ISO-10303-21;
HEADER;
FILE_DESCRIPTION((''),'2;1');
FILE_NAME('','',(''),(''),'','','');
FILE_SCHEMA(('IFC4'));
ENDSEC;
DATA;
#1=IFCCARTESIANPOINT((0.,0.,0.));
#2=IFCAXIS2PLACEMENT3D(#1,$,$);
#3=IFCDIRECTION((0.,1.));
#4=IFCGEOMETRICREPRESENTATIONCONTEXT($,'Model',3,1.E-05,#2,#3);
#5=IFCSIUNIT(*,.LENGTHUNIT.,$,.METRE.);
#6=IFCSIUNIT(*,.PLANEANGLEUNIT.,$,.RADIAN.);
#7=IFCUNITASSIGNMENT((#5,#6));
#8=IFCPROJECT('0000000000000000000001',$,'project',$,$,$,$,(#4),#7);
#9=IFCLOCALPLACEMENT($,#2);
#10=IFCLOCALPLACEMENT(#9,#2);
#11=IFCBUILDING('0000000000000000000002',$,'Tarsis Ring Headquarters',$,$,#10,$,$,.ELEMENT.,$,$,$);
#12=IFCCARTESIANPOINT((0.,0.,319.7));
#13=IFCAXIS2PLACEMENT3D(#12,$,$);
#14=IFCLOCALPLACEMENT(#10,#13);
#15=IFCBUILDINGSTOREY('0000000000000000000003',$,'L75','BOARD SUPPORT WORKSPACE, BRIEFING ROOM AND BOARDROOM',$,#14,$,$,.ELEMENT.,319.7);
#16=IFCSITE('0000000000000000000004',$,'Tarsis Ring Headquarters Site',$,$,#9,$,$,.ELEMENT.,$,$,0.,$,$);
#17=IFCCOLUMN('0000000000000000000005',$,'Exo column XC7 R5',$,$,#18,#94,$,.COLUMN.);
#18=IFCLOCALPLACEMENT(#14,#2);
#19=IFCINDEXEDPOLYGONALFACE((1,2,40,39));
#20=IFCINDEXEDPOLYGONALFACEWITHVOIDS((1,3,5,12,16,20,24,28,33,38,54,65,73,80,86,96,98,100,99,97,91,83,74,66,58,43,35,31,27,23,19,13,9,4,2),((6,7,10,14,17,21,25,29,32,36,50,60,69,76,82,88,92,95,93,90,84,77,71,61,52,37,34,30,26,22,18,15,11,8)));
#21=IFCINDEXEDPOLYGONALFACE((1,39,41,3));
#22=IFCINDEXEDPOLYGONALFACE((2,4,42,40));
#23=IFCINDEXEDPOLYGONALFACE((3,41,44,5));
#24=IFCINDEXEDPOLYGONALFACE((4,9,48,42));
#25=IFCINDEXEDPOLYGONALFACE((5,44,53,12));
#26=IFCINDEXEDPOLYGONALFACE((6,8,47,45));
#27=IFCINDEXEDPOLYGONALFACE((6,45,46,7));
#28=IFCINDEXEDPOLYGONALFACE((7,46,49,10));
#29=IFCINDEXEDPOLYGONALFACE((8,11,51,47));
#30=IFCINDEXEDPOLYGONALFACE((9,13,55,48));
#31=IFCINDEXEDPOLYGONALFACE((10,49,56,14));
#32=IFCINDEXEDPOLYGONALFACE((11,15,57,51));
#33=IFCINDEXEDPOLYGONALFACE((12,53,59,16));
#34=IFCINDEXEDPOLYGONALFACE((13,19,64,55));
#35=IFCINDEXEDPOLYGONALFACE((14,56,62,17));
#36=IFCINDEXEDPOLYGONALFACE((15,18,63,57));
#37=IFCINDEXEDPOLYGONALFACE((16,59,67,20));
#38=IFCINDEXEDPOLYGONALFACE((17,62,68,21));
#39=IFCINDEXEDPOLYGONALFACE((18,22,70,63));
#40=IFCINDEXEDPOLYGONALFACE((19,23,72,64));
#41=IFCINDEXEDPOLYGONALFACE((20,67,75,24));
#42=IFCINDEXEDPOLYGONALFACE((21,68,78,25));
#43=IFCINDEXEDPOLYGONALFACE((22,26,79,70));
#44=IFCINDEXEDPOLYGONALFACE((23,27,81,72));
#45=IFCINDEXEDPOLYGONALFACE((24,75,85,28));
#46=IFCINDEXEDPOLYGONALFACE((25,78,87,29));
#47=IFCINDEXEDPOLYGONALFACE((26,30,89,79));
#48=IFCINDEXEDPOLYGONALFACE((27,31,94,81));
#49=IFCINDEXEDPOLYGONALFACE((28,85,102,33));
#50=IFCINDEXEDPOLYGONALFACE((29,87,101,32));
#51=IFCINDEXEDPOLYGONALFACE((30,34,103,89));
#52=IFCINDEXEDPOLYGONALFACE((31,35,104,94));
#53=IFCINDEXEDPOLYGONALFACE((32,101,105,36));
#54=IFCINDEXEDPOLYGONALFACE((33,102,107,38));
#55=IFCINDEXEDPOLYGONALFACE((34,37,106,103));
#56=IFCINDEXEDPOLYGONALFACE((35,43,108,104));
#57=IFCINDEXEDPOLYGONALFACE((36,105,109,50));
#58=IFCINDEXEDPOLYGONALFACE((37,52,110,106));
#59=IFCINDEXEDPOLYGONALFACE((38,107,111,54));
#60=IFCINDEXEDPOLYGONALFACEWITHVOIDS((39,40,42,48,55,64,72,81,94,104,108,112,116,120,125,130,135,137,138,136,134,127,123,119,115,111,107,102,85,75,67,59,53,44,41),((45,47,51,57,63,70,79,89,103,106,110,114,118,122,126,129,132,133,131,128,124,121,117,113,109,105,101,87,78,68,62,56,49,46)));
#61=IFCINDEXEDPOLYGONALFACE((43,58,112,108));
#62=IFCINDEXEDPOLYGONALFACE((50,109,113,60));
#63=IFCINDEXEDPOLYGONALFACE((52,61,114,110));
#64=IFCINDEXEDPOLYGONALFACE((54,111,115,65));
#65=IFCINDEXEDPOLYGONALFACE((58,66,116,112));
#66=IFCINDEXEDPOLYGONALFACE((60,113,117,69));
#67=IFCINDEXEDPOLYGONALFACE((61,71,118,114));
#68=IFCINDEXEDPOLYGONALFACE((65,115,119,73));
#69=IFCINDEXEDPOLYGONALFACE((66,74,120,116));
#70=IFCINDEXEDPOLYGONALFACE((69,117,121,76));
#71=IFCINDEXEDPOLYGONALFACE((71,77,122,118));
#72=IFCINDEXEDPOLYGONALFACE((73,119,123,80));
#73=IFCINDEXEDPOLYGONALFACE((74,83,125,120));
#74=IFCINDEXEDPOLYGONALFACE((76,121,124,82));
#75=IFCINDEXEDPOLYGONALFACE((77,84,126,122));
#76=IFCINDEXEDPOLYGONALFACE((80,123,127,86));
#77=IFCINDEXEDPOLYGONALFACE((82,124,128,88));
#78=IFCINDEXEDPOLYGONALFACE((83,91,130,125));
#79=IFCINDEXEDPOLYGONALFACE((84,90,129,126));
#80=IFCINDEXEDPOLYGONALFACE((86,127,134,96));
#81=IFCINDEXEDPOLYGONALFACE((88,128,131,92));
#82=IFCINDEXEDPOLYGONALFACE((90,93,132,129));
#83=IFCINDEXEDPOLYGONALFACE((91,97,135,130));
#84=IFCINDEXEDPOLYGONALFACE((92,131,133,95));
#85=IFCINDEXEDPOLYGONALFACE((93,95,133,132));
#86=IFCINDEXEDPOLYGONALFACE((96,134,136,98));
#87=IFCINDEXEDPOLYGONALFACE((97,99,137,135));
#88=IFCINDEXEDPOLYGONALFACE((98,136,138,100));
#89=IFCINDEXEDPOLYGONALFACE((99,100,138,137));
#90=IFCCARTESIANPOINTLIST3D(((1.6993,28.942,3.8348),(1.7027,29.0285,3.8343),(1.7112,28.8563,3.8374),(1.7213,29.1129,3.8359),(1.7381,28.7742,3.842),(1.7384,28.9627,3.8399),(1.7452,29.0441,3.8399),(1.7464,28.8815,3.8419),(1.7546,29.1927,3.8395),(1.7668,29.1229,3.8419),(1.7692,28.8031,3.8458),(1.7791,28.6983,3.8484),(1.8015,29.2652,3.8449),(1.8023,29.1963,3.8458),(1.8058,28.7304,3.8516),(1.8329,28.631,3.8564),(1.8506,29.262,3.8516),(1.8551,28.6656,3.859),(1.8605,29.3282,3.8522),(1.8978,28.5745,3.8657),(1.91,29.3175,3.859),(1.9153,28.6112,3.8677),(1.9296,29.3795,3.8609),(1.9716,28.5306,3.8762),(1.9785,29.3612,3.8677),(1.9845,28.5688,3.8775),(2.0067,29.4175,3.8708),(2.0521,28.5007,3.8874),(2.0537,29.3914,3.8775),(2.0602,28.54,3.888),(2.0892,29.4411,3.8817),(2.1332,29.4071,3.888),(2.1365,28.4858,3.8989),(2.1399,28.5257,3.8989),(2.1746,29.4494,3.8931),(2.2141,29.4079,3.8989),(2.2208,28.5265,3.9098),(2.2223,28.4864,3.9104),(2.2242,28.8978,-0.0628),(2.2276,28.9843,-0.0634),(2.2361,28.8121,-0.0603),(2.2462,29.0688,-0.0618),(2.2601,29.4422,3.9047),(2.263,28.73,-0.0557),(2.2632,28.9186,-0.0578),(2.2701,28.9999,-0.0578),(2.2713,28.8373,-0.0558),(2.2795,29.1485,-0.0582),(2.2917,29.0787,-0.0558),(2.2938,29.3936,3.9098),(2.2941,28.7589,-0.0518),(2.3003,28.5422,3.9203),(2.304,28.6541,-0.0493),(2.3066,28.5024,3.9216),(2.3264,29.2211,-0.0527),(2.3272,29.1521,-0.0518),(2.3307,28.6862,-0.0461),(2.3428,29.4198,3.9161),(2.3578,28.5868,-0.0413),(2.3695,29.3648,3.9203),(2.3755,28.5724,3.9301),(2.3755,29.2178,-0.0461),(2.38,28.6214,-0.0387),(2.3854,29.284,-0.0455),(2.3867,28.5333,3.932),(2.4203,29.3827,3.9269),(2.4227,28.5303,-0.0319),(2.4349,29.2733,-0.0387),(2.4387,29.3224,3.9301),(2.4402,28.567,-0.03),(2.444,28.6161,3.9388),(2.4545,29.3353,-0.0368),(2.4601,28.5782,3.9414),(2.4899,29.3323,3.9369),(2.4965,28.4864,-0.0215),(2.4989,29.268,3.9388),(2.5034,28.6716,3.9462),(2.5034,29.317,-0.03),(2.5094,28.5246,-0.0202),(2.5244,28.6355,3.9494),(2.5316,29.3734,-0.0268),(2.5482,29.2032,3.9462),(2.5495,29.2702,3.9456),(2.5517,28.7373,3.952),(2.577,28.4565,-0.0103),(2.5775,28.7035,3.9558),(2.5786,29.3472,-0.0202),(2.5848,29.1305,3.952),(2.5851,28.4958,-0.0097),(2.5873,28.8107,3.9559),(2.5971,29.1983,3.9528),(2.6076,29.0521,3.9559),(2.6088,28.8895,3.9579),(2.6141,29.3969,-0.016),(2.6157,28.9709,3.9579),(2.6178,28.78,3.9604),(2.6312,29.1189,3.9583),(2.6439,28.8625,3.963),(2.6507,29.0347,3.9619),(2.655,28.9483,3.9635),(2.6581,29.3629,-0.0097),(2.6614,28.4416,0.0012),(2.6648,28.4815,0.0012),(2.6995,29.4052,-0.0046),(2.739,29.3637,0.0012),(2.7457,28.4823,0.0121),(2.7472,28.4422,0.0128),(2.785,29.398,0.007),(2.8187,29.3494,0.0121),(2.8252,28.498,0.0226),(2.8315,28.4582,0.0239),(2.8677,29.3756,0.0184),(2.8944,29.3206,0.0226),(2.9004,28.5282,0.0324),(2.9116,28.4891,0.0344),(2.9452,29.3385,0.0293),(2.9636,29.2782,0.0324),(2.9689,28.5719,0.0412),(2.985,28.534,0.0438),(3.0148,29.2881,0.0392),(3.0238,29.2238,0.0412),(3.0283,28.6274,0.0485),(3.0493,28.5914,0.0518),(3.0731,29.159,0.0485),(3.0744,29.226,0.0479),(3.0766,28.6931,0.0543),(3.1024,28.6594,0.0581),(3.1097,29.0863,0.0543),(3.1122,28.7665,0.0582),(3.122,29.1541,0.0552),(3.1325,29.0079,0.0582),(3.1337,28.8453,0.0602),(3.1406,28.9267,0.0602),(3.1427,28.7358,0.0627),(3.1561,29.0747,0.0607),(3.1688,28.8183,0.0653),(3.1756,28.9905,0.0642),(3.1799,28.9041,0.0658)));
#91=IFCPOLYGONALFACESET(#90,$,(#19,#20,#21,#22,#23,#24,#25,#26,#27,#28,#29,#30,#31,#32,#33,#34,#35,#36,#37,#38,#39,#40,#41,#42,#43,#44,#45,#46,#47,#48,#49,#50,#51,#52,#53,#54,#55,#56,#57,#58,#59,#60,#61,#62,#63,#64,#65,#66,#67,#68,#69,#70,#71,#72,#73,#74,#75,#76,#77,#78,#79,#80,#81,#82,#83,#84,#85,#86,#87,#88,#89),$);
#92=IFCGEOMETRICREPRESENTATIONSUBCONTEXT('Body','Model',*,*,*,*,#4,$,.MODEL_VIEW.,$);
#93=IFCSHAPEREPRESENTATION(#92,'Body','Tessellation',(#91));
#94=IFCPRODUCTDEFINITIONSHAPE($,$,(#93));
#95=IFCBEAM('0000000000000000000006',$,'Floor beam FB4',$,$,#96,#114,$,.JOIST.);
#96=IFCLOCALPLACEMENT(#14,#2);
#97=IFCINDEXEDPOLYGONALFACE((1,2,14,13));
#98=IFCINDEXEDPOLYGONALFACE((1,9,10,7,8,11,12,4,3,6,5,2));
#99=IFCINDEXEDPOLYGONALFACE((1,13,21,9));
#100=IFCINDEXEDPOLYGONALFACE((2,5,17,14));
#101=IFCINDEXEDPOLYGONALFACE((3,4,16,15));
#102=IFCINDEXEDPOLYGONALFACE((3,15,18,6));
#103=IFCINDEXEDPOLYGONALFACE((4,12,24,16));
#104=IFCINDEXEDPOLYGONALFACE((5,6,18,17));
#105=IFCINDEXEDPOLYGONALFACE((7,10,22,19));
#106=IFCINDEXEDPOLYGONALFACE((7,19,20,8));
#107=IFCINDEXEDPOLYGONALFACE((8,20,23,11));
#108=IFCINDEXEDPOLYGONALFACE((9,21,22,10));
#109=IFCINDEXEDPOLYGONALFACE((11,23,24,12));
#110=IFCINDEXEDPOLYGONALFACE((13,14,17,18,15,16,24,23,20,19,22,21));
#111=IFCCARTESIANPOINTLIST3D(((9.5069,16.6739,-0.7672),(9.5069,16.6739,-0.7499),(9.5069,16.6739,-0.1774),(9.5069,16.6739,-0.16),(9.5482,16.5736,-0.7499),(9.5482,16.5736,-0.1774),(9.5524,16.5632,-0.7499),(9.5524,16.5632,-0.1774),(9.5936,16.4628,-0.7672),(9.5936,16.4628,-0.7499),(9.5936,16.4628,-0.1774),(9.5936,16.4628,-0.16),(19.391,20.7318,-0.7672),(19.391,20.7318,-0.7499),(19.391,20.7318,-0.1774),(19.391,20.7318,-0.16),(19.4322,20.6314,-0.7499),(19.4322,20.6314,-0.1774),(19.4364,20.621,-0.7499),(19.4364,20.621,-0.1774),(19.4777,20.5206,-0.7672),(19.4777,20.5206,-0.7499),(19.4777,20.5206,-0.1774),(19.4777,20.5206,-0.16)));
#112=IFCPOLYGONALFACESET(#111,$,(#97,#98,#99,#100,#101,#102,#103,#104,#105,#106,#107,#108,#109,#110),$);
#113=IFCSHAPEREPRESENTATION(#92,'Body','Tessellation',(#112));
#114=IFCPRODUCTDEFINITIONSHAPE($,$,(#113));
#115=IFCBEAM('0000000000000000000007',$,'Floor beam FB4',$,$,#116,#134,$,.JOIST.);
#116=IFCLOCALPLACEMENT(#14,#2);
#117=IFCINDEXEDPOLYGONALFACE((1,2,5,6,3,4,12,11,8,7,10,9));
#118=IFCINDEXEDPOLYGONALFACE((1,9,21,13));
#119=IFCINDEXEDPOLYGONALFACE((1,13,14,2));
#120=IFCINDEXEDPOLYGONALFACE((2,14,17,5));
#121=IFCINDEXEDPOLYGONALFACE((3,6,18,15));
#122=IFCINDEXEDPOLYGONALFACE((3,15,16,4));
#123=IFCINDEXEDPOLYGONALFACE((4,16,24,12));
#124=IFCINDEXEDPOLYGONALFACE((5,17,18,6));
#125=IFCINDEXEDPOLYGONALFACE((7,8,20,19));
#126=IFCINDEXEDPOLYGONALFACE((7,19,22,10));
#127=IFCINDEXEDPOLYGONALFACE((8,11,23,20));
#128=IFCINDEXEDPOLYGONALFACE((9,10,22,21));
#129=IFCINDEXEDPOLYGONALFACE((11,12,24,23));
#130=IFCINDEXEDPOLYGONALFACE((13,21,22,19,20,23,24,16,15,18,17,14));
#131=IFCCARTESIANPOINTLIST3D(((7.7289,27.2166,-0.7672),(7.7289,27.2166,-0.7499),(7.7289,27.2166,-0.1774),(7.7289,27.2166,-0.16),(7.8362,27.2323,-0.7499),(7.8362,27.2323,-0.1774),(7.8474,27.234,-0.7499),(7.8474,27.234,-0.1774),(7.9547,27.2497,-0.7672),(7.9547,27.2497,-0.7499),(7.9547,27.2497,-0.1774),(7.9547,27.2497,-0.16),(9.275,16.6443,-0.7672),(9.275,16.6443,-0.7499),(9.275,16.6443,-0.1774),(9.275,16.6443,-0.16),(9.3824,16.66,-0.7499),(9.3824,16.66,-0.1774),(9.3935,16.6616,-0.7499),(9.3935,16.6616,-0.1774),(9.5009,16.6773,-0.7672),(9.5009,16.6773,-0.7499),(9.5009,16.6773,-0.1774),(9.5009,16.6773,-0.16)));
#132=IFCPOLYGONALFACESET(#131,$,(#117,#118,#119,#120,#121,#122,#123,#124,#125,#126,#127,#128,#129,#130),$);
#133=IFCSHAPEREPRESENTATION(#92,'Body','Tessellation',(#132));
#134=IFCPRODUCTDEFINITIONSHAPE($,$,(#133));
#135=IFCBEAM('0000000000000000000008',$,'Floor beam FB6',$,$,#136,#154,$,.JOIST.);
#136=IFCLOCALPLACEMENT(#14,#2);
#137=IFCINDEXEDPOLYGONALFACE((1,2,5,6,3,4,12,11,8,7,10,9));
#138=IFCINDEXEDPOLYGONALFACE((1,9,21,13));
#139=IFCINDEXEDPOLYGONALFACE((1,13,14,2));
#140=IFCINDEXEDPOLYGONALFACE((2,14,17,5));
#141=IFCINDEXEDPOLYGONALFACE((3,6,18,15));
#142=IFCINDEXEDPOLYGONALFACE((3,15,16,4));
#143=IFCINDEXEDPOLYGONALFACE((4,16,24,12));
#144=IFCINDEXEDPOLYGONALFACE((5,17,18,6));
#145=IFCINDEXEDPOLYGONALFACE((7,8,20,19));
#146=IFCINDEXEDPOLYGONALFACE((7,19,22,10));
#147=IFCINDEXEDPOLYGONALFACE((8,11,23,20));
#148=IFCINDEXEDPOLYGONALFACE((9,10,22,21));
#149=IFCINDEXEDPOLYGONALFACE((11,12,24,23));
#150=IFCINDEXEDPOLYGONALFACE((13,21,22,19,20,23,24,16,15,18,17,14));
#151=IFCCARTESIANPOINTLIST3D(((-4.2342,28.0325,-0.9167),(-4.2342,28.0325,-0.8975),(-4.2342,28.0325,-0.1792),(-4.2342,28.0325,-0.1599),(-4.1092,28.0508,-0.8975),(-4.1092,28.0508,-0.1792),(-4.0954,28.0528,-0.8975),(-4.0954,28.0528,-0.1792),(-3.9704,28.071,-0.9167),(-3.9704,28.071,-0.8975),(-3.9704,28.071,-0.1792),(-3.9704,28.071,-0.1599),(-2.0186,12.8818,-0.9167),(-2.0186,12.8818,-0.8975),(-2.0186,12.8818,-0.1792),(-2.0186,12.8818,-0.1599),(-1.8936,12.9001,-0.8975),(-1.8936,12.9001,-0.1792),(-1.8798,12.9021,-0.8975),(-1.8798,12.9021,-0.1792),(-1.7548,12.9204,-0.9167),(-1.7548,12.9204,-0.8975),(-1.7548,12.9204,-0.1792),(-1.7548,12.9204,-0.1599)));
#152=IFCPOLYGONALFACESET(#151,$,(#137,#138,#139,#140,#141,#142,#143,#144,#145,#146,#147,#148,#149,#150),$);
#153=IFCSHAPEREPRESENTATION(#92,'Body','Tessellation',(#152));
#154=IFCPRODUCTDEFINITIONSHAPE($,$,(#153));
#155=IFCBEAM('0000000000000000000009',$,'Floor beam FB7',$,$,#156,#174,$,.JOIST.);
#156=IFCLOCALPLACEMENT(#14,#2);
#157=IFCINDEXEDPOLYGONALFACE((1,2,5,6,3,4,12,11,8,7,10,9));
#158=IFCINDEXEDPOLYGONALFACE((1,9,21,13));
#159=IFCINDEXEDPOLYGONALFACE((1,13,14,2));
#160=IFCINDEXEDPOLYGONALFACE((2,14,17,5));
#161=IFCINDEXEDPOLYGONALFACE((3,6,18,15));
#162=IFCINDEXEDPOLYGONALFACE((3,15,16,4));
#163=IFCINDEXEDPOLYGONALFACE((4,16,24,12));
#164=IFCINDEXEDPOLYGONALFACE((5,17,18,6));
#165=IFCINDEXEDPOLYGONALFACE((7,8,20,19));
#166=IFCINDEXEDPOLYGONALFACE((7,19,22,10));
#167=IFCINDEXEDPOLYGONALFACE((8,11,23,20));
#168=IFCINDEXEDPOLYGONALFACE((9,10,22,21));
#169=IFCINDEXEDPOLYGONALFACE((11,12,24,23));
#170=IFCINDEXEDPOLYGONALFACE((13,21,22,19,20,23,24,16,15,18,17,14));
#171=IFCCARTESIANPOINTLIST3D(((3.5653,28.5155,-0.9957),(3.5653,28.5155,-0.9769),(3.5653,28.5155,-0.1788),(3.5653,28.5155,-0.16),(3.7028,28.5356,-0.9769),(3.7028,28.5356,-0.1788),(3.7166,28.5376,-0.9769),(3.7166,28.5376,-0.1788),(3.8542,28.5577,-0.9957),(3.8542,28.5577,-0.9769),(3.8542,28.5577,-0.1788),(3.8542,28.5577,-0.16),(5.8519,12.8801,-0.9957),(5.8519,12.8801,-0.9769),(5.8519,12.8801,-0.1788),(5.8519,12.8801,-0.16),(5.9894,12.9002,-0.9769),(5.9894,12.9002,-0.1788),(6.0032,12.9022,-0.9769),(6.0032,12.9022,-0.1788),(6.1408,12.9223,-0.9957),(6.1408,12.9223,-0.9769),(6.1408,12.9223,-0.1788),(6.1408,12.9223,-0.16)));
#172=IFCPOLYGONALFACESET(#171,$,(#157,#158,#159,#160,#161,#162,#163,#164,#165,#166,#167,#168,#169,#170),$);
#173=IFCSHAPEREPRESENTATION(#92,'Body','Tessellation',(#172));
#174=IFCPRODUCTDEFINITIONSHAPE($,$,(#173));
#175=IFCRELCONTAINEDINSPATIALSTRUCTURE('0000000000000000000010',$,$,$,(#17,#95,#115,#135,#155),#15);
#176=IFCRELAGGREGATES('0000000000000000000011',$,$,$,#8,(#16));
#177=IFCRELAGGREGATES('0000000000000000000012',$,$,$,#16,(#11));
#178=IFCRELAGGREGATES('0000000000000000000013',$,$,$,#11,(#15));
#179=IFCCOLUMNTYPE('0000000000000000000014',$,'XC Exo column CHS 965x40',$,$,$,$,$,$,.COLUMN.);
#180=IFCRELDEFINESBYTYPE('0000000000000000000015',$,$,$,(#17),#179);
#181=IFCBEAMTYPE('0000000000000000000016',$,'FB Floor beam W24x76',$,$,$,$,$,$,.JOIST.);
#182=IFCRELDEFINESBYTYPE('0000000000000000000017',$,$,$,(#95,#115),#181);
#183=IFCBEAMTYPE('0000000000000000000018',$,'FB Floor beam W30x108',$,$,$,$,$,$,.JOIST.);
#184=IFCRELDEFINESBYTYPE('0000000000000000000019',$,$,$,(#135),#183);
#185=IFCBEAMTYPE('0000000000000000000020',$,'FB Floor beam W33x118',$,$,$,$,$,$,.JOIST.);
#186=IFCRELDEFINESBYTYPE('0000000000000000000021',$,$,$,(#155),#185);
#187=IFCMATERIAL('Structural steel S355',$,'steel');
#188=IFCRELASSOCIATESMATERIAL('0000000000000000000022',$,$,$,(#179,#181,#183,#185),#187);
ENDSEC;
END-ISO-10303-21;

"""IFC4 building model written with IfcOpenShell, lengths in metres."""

from ifc_helpers import new_model, si_unit, direction, frame, origin, origin_2d, place, context, subcontext, project, spatial, hollow_circle, i_section, extrude, material, material_profile, profile_set, type_object, element, save


model = new_model("IFC4")

# Units and contexts
model_context = context("Model", 3, precision=1e-05, world=origin(), true_north=direction((0.0, 1.0)))
body_context = subcontext(model_context, "Body", "Model", "MODEL_VIEW")
ifc_project = project(units=[si_unit("LENGTHUNIT", "METRE"), si_unit("PLANEANGLEUNIT", "RADIAN")], contexts=[model_context])

# Site, building, storey
site_placement = place(None, origin())
site = spatial("IfcSite", under=ifc_project, at=site_placement, Name="Tarsis Ring Headquarters Site", CompositionType="ELEMENT", RefElevation=0.0)
building_placement = place(site_placement, origin())
building = spatial("IfcBuilding", under=site, at=building_placement, Name="Tarsis Ring Headquarters", CompositionType="ELEMENT")
storey_placement = place(building_placement, frame((0.0, 0.0, 319.7)))
storey = spatial("IfcBuildingStorey", under=building, at=storey_placement, Name="L75", Description="BOARD SUPPORT WORKSPACE, BRIEFING ROOM AND BOARDROOM", CompositionType="ELEMENT", Elevation=319.7)

# Column
ifc_material_1 = material(Name="Structural steel S355", Category="steel")
ifc_material_profile_1 = material_profile(ifc_material_1, hollow_circle(Radius=0.4827, WallThickness=0.04, at=origin_2d()), Name="CHS 965x40")
ifc_profile_set_1 = profile_set([ifc_material_profile_1], Name="Structural steel S355")
column_type = type_object("IfcColumnType", Name="XC Exo column CHS 965x40", PredefinedType="COLUMN", material=ifc_profile_set_1)
column_placement = place(storey_placement, frame((2.7019, 28.9226, 0.0012), z_axis=(-0.133456, 0.011235, 0.990991), x_axis=(-0.083889, -0.996475, 0.0)))
element("IfcColumn", 1, at=column_placement, inside=storey, type_object=column_type, Name="Exo column XC7 R5", PredefinedType="COLUMN", context=body_context, shape_type="SweptSolid", body=[
    extrude(hollow_circle(Radius=0.4827, WallThickness=0.04, at=origin_2d()), origin(), (0.0, 0.0, 1.0), 3.9331),
])

# Beams
ifc_material_profile_2 = material_profile(ifc_material_1, i_section(OverallWidth=0.2283, OverallDepth=0.6072, WebThickness=0.0112, FlangeThickness=0.0173, at=origin_2d()), Name="W24x76")
ifc_profile_set_2 = profile_set([ifc_material_profile_2], Name="Structural steel S355")
beam_type_1 = type_object("IfcBeamType", Name="FB Floor beam W24x76", PredefinedType="JOIST", material=ifc_profile_set_2)
beam_1_placement = place(storey_placement, frame((9.5503, 16.5684, -0.4636), z_axis=(0.925074, 0.379787, 0.0), x_axis=(-0.379787, 0.925074, 0.0)))
element("IfcBeam", 2, at=beam_1_placement, inside=storey, type_object=beam_type_1, Name="Floor beam FB4", PredefinedType="JOIST", context=body_context, shape_type="SweptSolid", body=[
    extrude(i_section(OverallWidth=0.2283, OverallDepth=0.6072, WebThickness=0.0112, FlangeThickness=0.0173, at=origin_2d()), origin(), (0.0, 0.0, 1.0), 10.6846),
])
beam_2_placement = place(storey_placement, frame((7.8418, 27.2332, -0.4636), z_axis=(0.144706, -0.989475, 0.0), x_axis=(0.989475, 0.144706, 0.0)))
element("IfcBeam", 3, at=beam_2_placement, inside=storey, type_object=beam_type_1, Name="Floor beam FB4", PredefinedType="JOIST", context=body_context, shape_type="SweptSolid", body=[
    extrude(i_section(OverallWidth=0.2283, OverallDepth=0.6072, WebThickness=0.0112, FlangeThickness=0.0173, at=origin_2d()), origin(), (0.0, 0.0, 1.0), 10.6848),
])
ifc_material_profile_3 = material_profile(ifc_material_1, i_section(OverallWidth=0.2666, OverallDepth=0.7568, WebThickness=0.0139, FlangeThickness=0.0193, at=origin_2d()), Name="W30x108")
ifc_profile_set_3 = profile_set([ifc_material_profile_3], Name="Structural steel S355")
beam_type_2 = type_object("IfcBeamType", Name="FB Floor beam W30x108", PredefinedType="JOIST", material=ifc_profile_set_3)
beam_3_placement = place(storey_placement, frame((-4.1023, 28.0518, -0.5383), z_axis=(0.144698, -0.989476, 0.0), x_axis=(0.989476, 0.144698, 0.0)))
element("IfcBeam", 4, at=beam_3_placement, inside=storey, type_object=beam_type_2, Name="Floor beam FB6", PredefinedType="JOIST", context=body_context, shape_type="SweptSolid", body=[
    extrude(i_section(OverallWidth=0.2666, OverallDepth=0.7568, WebThickness=0.0139, FlangeThickness=0.0193, at=origin_2d()), origin(), (0.0, 0.0, 1.0), 15.3118),
])
ifc_material_profile_4 = material_profile(ifc_material_1, i_section(OverallWidth=0.292, OverallDepth=0.8357, WebThickness=0.0139, FlangeThickness=0.0188, at=origin_2d()), Name="W33x118")
ifc_profile_set_4 = profile_set([ifc_material_profile_4], Name="Structural steel S355")
beam_type_3 = type_object("IfcBeamType", Name="FB Floor beam W33x118", PredefinedType="JOIST", material=ifc_profile_set_4)
beam_4_placement = place(storey_placement, frame((3.7097, 28.5366, -0.5779), z_axis=(0.144706, -0.989475, 0.0), x_axis=(0.989475, 0.144706, 0.0)))
element("IfcBeam", 5, at=beam_4_placement, inside=storey, type_object=beam_type_3, Name="Floor beam FB7", PredefinedType="JOIST", context=body_context, shape_type="SweptSolid", body=[
    extrude(i_section(OverallWidth=0.292, OverallDepth=0.8357, WebThickness=0.0139, FlangeThickness=0.0188, at=origin_2d()), origin(), (0.0, 0.0, 1.0), 15.8018),
])

save(model, "model.ifc")
